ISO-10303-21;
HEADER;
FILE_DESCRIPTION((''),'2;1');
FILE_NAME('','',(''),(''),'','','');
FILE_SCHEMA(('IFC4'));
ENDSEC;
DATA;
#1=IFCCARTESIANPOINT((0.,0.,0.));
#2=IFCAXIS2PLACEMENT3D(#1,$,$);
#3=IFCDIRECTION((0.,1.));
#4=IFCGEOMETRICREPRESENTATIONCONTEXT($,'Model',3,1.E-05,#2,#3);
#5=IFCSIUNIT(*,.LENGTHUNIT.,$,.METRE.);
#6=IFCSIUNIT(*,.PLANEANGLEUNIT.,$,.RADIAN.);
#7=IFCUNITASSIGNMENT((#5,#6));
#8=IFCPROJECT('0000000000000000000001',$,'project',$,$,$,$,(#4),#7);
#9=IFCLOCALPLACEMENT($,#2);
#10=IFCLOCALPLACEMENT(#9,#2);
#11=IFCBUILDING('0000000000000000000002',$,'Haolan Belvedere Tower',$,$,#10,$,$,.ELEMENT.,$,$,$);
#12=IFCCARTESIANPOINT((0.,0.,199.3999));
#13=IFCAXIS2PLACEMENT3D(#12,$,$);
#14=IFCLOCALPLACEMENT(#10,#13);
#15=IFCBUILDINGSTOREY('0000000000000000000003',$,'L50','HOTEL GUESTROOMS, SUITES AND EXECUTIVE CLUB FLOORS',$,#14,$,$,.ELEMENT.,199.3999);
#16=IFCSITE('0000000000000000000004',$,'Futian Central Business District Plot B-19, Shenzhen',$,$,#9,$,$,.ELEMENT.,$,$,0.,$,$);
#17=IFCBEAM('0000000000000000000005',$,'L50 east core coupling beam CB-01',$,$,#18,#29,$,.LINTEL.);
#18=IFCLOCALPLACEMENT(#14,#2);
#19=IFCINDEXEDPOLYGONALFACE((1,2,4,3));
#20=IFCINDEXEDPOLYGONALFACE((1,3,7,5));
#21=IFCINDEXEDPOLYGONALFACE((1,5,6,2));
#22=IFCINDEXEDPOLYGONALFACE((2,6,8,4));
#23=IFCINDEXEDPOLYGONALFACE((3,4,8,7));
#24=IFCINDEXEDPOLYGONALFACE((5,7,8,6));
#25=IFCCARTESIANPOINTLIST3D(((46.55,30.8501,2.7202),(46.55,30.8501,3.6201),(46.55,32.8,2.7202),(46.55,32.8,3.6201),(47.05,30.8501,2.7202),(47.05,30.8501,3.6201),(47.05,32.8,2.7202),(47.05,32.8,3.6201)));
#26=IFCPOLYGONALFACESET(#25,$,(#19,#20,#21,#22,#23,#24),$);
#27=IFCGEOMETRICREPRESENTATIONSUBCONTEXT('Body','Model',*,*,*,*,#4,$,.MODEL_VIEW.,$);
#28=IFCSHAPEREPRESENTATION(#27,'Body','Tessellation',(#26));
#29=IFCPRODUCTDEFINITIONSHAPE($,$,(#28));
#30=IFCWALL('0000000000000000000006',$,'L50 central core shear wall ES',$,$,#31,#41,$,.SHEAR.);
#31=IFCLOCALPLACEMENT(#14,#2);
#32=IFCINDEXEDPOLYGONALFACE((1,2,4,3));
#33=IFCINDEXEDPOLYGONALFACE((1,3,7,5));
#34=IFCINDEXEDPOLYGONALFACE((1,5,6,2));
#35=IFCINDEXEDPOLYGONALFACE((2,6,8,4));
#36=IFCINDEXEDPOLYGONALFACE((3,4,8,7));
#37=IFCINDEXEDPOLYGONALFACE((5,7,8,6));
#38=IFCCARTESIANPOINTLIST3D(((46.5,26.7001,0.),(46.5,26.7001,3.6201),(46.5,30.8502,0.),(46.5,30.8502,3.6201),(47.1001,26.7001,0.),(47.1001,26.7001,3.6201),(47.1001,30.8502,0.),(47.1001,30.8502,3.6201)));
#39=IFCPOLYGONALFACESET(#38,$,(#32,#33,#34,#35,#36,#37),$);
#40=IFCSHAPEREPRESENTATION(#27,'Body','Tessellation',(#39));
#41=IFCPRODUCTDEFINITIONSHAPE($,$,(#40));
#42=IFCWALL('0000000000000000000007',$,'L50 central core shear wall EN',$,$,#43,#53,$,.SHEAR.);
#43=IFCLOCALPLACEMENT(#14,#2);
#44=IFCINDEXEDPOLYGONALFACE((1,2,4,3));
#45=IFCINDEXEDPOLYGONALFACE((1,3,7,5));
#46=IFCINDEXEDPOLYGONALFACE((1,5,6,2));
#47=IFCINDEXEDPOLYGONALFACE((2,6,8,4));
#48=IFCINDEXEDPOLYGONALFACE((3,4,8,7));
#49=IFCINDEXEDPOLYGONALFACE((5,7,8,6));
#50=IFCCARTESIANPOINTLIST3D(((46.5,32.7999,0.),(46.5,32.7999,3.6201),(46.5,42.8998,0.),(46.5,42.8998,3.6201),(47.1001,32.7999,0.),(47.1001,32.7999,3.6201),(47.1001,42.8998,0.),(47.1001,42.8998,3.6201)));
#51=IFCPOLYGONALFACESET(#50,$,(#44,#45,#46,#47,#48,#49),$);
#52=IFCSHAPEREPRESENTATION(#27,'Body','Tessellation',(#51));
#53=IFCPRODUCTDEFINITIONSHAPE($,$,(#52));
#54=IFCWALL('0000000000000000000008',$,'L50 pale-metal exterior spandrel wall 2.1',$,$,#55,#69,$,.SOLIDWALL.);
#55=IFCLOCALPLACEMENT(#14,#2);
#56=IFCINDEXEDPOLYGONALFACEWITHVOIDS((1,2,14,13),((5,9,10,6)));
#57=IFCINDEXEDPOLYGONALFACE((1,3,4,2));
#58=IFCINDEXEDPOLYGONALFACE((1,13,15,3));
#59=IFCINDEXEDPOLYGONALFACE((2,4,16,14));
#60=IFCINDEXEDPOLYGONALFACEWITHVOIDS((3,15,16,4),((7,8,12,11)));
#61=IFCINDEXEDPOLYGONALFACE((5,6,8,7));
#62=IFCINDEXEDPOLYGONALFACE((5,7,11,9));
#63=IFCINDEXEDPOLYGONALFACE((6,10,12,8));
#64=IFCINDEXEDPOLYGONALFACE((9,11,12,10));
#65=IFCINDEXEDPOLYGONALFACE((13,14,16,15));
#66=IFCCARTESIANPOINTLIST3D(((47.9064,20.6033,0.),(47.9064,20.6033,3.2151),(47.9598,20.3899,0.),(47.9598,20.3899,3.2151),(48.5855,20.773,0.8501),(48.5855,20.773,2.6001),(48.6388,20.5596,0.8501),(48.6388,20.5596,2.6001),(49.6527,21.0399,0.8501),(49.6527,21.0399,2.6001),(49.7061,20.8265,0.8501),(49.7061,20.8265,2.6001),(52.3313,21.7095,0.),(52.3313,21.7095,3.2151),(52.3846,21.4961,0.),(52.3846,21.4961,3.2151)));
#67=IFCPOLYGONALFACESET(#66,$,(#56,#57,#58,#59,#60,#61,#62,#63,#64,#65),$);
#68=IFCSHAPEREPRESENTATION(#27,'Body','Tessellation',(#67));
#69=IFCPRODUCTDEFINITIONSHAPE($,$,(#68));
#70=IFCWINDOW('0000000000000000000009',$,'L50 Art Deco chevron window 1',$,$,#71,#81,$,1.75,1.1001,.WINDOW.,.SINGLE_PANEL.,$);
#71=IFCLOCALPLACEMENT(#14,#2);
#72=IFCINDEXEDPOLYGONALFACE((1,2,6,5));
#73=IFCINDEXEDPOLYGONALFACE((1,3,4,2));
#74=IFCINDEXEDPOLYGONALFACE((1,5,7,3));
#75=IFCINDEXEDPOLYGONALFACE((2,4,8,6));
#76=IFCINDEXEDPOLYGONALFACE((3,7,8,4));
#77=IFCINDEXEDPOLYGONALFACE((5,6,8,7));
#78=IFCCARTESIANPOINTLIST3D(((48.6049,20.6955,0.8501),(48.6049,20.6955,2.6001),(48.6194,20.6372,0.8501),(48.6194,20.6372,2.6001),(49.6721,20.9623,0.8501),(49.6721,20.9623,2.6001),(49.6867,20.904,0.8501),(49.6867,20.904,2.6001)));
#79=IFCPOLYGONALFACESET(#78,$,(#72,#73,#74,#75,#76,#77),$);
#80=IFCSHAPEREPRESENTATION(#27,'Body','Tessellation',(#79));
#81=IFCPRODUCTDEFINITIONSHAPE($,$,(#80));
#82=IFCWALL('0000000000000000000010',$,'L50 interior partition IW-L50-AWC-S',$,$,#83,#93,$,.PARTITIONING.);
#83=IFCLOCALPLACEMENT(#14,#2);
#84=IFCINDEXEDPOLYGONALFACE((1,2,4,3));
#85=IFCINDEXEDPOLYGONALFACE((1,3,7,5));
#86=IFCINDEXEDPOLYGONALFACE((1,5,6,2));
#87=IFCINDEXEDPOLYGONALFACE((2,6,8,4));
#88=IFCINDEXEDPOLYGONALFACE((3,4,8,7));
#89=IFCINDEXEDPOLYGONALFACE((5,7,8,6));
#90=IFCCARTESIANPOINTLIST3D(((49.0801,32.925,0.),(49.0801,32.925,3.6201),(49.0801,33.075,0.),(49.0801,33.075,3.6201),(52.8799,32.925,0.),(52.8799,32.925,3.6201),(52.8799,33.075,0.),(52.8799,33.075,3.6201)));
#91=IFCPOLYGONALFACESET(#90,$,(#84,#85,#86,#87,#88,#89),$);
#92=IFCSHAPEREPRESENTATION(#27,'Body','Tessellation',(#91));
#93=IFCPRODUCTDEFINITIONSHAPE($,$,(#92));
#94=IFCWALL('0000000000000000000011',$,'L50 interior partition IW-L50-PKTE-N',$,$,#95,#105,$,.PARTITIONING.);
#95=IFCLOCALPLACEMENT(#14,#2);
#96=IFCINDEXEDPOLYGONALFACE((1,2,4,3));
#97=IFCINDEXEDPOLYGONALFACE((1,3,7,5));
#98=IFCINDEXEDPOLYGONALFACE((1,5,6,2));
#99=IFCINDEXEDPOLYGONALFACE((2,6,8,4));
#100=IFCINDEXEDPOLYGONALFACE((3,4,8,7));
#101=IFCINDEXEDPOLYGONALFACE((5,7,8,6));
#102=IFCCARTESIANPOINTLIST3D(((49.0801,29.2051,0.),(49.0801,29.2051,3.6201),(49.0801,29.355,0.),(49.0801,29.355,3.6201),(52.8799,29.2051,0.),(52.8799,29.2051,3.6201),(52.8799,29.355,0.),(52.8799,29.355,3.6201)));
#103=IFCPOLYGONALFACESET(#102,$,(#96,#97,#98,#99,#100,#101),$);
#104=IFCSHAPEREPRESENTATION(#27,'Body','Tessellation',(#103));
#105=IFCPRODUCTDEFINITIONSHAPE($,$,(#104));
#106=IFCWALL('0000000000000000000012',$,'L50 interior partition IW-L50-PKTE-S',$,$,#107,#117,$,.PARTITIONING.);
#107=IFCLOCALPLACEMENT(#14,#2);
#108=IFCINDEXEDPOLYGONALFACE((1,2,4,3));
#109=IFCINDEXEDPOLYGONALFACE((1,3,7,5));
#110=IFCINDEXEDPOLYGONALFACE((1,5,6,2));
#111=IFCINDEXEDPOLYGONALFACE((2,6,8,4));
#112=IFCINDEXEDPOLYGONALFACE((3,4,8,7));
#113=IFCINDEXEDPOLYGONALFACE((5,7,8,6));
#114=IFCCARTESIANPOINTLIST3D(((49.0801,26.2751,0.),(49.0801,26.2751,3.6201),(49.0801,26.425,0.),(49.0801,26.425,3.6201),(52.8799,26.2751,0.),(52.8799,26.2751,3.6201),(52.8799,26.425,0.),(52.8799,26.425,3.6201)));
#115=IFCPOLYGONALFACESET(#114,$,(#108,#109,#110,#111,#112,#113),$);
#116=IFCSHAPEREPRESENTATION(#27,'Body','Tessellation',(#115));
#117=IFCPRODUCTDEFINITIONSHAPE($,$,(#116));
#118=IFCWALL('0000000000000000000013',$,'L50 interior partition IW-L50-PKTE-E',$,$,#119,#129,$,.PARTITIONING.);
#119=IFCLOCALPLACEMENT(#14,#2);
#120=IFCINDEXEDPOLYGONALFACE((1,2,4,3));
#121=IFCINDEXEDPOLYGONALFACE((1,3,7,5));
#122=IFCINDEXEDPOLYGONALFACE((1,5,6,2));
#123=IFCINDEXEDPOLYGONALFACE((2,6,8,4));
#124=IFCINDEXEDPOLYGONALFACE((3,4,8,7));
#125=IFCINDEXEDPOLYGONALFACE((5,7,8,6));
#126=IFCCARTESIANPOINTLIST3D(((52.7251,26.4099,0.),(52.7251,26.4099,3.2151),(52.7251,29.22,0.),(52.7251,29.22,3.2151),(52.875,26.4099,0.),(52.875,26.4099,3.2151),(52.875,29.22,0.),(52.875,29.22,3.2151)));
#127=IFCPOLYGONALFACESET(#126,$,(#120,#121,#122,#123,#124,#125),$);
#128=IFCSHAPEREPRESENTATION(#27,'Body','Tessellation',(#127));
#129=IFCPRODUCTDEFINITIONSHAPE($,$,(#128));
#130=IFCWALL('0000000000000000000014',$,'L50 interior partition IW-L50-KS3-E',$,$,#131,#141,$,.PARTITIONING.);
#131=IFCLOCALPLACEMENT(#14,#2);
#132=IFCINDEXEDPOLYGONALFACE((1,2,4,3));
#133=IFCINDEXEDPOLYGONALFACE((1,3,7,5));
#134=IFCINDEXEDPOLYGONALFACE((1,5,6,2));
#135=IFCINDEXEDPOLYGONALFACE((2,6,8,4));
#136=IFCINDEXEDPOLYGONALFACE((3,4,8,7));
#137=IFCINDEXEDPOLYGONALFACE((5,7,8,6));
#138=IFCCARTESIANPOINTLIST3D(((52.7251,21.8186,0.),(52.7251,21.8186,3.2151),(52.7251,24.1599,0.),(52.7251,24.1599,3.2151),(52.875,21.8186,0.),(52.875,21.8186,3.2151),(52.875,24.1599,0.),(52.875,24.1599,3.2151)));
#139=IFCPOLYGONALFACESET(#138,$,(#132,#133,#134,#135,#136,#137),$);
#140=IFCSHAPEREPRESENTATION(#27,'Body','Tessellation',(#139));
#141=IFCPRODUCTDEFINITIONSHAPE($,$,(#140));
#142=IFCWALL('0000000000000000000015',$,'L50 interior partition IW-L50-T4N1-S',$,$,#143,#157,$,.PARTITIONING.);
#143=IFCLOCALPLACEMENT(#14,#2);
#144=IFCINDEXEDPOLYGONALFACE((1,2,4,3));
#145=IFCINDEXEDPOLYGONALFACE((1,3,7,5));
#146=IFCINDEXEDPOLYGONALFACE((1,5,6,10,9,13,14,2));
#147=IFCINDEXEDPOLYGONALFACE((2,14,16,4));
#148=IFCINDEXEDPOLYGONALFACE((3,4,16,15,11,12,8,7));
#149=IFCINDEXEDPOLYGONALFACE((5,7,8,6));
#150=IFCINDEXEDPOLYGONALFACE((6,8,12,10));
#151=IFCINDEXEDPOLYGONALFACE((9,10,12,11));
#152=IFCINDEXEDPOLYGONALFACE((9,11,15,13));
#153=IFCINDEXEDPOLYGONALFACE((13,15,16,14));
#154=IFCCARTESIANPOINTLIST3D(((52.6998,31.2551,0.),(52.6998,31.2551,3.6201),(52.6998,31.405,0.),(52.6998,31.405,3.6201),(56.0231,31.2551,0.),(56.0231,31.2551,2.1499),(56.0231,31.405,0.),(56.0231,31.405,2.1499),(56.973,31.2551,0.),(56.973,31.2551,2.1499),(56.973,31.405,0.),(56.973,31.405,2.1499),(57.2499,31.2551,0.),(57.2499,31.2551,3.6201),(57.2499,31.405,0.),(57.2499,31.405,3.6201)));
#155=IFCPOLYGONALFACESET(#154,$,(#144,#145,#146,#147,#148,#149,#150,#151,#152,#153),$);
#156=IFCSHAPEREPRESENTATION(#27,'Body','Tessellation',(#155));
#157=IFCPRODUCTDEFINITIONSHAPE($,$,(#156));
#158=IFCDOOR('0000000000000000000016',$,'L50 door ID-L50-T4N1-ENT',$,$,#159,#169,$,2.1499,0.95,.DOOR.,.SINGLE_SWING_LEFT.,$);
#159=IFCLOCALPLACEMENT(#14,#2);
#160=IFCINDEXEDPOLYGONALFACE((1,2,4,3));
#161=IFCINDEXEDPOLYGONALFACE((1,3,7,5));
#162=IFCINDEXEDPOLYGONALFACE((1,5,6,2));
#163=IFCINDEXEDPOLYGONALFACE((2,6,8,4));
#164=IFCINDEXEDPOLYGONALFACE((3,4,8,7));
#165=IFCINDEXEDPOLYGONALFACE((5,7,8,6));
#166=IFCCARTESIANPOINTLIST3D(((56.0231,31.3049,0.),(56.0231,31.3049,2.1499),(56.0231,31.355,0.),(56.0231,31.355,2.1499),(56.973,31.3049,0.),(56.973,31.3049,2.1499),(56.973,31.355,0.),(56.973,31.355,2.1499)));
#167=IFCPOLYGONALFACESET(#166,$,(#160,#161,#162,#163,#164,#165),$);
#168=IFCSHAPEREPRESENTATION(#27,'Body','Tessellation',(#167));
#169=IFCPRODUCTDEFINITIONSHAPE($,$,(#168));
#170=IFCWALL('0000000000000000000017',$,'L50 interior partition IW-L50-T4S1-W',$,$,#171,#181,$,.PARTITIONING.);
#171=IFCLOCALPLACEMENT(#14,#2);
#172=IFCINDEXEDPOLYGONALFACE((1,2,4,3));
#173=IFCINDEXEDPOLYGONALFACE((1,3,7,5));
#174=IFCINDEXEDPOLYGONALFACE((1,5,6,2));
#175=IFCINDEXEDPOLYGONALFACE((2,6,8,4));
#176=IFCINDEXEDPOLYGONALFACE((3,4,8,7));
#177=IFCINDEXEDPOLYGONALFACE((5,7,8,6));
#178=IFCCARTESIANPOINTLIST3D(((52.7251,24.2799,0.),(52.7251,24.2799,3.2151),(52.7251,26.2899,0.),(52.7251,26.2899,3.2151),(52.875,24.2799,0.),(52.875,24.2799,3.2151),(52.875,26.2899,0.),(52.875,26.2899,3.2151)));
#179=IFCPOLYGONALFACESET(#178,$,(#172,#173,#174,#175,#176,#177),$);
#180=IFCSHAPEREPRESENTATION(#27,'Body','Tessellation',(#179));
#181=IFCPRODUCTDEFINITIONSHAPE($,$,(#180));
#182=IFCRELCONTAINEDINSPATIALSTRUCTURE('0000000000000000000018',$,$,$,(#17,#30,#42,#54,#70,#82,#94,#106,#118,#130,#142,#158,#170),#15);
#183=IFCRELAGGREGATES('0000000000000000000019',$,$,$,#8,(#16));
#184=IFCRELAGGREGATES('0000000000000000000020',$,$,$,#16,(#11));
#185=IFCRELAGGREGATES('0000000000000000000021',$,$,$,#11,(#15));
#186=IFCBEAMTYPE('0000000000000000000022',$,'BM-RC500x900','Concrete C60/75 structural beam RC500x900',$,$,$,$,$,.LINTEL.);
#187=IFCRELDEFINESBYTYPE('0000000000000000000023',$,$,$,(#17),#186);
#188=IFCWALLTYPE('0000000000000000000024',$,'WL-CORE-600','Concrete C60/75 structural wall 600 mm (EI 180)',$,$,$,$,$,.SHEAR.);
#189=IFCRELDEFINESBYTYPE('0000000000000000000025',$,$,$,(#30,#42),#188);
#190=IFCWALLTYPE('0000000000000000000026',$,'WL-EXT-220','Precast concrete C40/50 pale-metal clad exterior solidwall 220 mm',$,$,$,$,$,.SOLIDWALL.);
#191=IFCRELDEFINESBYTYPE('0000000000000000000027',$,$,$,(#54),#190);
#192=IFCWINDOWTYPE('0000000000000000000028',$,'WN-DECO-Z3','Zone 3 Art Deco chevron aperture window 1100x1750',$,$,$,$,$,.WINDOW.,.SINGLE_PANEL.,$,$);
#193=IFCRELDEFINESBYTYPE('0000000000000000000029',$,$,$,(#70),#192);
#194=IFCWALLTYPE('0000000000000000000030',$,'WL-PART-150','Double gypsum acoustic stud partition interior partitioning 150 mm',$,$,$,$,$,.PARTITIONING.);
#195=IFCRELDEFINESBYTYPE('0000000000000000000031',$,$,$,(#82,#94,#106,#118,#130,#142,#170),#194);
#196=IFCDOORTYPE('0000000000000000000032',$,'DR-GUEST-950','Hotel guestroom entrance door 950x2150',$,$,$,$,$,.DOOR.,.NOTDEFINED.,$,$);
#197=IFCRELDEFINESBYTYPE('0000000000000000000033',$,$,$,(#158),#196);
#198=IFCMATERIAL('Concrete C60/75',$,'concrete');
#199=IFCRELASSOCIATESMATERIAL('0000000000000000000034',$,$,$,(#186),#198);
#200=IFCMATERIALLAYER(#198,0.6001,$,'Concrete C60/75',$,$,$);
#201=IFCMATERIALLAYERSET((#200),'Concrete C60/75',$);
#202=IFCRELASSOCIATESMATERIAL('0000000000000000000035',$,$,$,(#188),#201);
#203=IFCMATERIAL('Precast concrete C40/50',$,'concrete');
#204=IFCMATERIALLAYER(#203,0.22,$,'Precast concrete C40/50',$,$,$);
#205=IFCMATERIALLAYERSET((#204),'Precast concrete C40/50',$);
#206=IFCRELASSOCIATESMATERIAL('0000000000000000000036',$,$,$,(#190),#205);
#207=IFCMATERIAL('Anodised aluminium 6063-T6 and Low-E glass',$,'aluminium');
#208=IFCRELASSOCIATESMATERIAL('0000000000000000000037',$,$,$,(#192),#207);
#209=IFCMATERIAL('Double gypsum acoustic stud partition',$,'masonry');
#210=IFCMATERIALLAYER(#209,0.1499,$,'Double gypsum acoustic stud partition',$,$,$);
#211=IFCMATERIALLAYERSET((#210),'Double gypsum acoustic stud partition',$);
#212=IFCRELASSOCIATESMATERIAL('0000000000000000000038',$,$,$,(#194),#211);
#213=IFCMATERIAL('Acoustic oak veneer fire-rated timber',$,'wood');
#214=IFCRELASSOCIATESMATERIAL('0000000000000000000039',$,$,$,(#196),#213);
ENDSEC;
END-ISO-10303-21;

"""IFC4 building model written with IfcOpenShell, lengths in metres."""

from ifc_helpers import new_model, si_unit, direction, frame, frame_2d, origin, origin_2d, place, context, subcontext, project, spatial, rectangle, extrude, material, layer, layer_set, material_profile, profile_set, type_object, element, fill, save


model = new_model("IFC4")

# Units and contexts
model_context = context("Model", 3, precision=1e-05, world=origin(), true_north=direction((0.0, 1.0)))
body_context = subcontext(model_context, "Body", "Model", "MODEL_VIEW")
ifc_project = project(units=[si_unit("LENGTHUNIT", "METRE"), si_unit("PLANEANGLEUNIT", "RADIAN")], contexts=[model_context])

# Site, building, storey
site_placement = place(None, origin())
site = spatial("IfcSite", under=ifc_project, at=site_placement, Name="Futian Central Business District Plot B-19, Shenzhen", CompositionType="ELEMENT", RefElevation=0.0)
building_placement = place(site_placement, origin())
building = spatial("IfcBuilding", under=site, at=building_placement, Name="Haolan Belvedere Tower", CompositionType="ELEMENT")
storey_placement = place(building_placement, frame((0.0, 0.0, 199.3999)))
storey = spatial("IfcBuildingStorey", under=building, at=storey_placement, Name="L50", Description="HOTEL GUESTROOMS, SUITES AND EXECUTIVE CLUB FLOORS", CompositionType="ELEMENT", Elevation=199.3999)

# Beam
ifc_material_1 = material(Name="Concrete C60/75", Category="concrete")
ifc_material_profile_1 = material_profile(ifc_material_1, rectangle(XDim=0.5, YDim=0.8999, at=origin_2d()), Name="Concrete C60/75")
ifc_profile_set_1 = profile_set([ifc_material_profile_1], Name="Concrete C60/75")
beam_type_1 = type_object("IfcBeamType", Name="BM-RC500x900", Description="Concrete C60/75 structural beam RC500x900", PredefinedType="LINTEL", material=ifc_profile_set_1)
beam_1_placement = place(storey_placement, frame((46.8, 30.8501, 3.1702), z_axis=(0.0, 1.0, 0.0), x_axis=(-1.0, 0.0, 0.0)))
element("IfcBeam", 1, at=beam_1_placement, inside=storey, type_object=beam_type_1, Name="L50 east core coupling beam CB-01", PredefinedType="LINTEL", context=body_context, shape_type="SweptSolid", body=[
    extrude(rectangle(XDim=0.5, YDim=0.8999, at=origin_2d()), origin(), (0.0, 0.0, 1.0), 1.95),
])

# Walls
ifc_layer_1 = layer(ifc_material_1, 0.6001, Name="Concrete C60/75")
ifc_layer_set_1 = layer_set([ifc_layer_1], Name="Concrete C60/75")
wall_type_1 = type_object("IfcWallType", Name="WL-CORE-600", Description="Concrete C60/75 structural wall 600 mm (EI 180)", PredefinedType="SHEAR", material=ifc_layer_set_1)
wall_1_placement = place(storey_placement, frame((46.8, 26.7, 0.0), z_axis=(0.0, 0.0, 1.0), x_axis=(0.0, 1.0, 0.0)))
element("IfcWall", 2, at=wall_1_placement, inside=storey, type_object=wall_type_1, Name="L50 central core shear wall ES", PredefinedType="SHEAR", context=body_context, shape_type="SweptSolid", body=[
    extrude(rectangle(XDim=4.1501, YDim=0.6001, at=frame_2d((2.0752, 0.0))), origin(), (0.0, 0.0, 1.0), 3.6201),
])
wall_2_placement = place(storey_placement, frame((46.8, 32.8, 0.0), z_axis=(0.0, 0.0, 1.0), x_axis=(0.0, 1.0, 0.0)))
element("IfcWall", 3, at=wall_2_placement, inside=storey, type_object=wall_type_1, Name="L50 central core shear wall EN", PredefinedType="SHEAR", context=body_context, shape_type="SweptSolid", body=[
    extrude(rectangle(XDim=10.0999, YDim=0.6001, at=frame_2d((5.0498, 0.0))), origin(), (0.0, 0.0, 1.0), 3.6201),
])

# Wall, opening, window
ifc_material_2 = material(Name="Precast concrete C40/50", Category="concrete")
ifc_layer_2 = layer(ifc_material_2, 0.22, Name="Precast concrete C40/50")
ifc_layer_set_2 = layer_set([ifc_layer_2], Name="Precast concrete C40/50")
wall_type_2 = type_object("IfcWallType", Name="WL-EXT-220", Description="Precast concrete C40/50 pale-metal clad exterior solidwall 220 mm", PredefinedType="SOLIDWALL", material=ifc_layer_set_2)
wall_3_placement = place(storey_placement, frame((47.9331, 20.4966, 0.0), z_axis=(0.0, 0.0, 1.0), x_axis=(0.970143, 0.242536, 0.0)))
wall_3 = element("IfcWall", 4, at=wall_3_placement, inside=storey, type_object=wall_type_2, Name="L50 pale-metal exterior spandrel wall 2.1", PredefinedType="SOLIDWALL", context=body_context, shape_type="SweptSolid", body=[
    extrude(rectangle(XDim=4.561, YDim=0.22, at=frame_2d((2.2805, 0.0))), origin(), (0.0, 0.0, 1.0), 3.2151),
])
opening_1_placement = place(wall_3_placement, frame((0.7, 0.0, 0.8501)))
opening_1 = element("IfcOpeningElement", 5, at=opening_1_placement, cuts=wall_3, PredefinedType="OPENING", context=body_context, shape_type="SweptSolid", body=[
    extrude(rectangle(XDim=1.1001, YDim=1.75, at=frame_2d((0.55, 0.875))), frame((0.0, 0.1199, 0.0), z_axis=(0.0, -1.0, 0.0), x_axis=(1.0, 0.0, 0.0)), (0.0, 0.0, 1.0), 0.24),
])
ifc_material_3 = material(Name="Anodised aluminium 6063-T6 and Low-E glass", Category="aluminium")
window_type = type_object("IfcWindowType", Name="WN-DECO-Z3", Description="Zone 3 Art Deco chevron aperture window 1100x1750", PartitioningType="SINGLE_PANEL", PredefinedType="WINDOW", material=ifc_material_3)
window_placement = place(opening_1_placement, origin())
window = element("IfcWindow", 6, at=window_placement, inside=storey, type_object=window_type, Name="L50 Art Deco chevron window 1", OverallHeight=1.75, OverallWidth=1.1001, PartitioningType="SINGLE_PANEL", PredefinedType="WINDOW", context=body_context, shape_type="SweptSolid", body=[
    extrude(rectangle(XDim=1.1001, YDim=1.75, at=frame_2d((0.55, 0.875))), frame((0.0, 0.03, 0.0), z_axis=(0.0, -1.0, 0.0), x_axis=(1.0, 0.0, 0.0)), (0.0, 0.0, 1.0), 0.0601),
])
fill(opening_1, window)

# Wall
ifc_material_4 = material(Name="Double gypsum acoustic stud partition", Category="masonry")
ifc_layer_3 = layer(ifc_material_4, 0.1499, Name="Double gypsum acoustic stud partition")
ifc_layer_set_3 = layer_set([ifc_layer_3], Name="Double gypsum acoustic stud partition")
wall_type_3 = type_object("IfcWallType", Name="WL-PART-150", Description="Double gypsum acoustic stud partition interior partitioning 150 mm", PredefinedType="PARTITIONING", material=ifc_layer_set_3)
wall_4_placement = place(storey_placement, frame((49.0801, 33.0, 0.0), z_axis=(0.0, 0.0, 1.0), x_axis=(1.0, 0.0, 0.0)))
element("IfcWall", 7, at=wall_4_placement, inside=storey, type_object=wall_type_3, Name="L50 interior partition IW-L50-AWC-S", PredefinedType="PARTITIONING", context=body_context, shape_type="SweptSolid", body=[
    extrude(rectangle(XDim=3.7998, YDim=0.1499, at=frame_2d((1.8999, 0.0))), origin(), (0.0, 0.0, 1.0), 3.6201),
])

# Walls
for number, where, z_axis, x_axis, name in (
    (8, (49.0801, 29.28, 0.0), (0.0, 0.0, 1.0), (1.0, 0.0, 0.0), "L50 interior partition IW-L50-PKTE-N"),
    (9, (49.0801, 26.3501, 0.0), (0.0, 0.0, 1.0), (1.0, 0.0, 0.0), "L50 interior partition IW-L50-PKTE-S"),
):
    element("IfcWall", number, at=place(storey_placement, frame(where, z_axis=z_axis, x_axis=x_axis)), inside=storey, type_object=wall_type_3, Name=name, PredefinedType="PARTITIONING", context=body_context, shape_type="SweptSolid", body=[
        extrude(rectangle(XDim=3.7998, YDim=0.1499, at=frame_2d((1.8999, 0.0))), origin(), (0.0, 0.0, 1.0), 3.6201),
    ])

# Walls
wall_5_placement = place(storey_placement, frame((52.8, 26.4099, 0.0), z_axis=(0.0, 0.0, 1.0), x_axis=(0.0, 1.0, 0.0)))
element("IfcWall", 10, at=wall_5_placement, inside=storey, type_object=wall_type_3, Name="L50 interior partition IW-L50-PKTE-E", PredefinedType="PARTITIONING", context=body_context, shape_type="SweptSolid", body=[
    extrude(rectangle(XDim=2.8101, YDim=0.1499, at=frame_2d((1.405, 0.0))), origin(), (0.0, 0.0, 1.0), 3.2151),
])
wall_6_placement = place(storey_placement, frame((52.8, 21.8186, 0.0), z_axis=(0.0, 0.0, 1.0), x_axis=(0.0, 1.0, 0.0)))
element("IfcWall", 11, at=wall_6_placement, inside=storey, type_object=wall_type_3, Name="L50 interior partition IW-L50-KS3-E", PredefinedType="PARTITIONING", context=body_context, shape_type="SweptSolid", body=[
    extrude(rectangle(XDim=2.3413, YDim=0.1499, at=frame_2d((1.1707, 0.0))), origin(), (0.0, 0.0, 1.0), 3.2151),
])

# Wall, opening, door
wall_7_placement = place(storey_placement, frame((52.7, 31.3301, 0.0), z_axis=(0.0, 0.0, 1.0), x_axis=(1.0, 0.0, 0.0)))
wall_7 = element("IfcWall", 12, at=wall_7_placement, inside=storey, type_object=wall_type_3, Name="L50 interior partition IW-L50-T4N1-S", PredefinedType="PARTITIONING", context=body_context, shape_type="SweptSolid", body=[
    extrude(rectangle(XDim=4.55, YDim=0.1499, at=frame_2d((2.2749, 0.0))), origin(), (0.0, 0.0, 1.0), 3.6201),
])
opening_2_placement = place(wall_7_placement, frame((3.323, 0.0, 0.0)))
opening_2 = element("IfcOpeningElement", 13, at=opening_2_placement, cuts=wall_7, PredefinedType="OPENING", context=body_context, shape_type="SweptSolid", body=[
    extrude(rectangle(XDim=0.95, YDim=2.1499, at=frame_2d((0.4751, 1.075))), frame((0.0, 0.085, 0.0), z_axis=(0.0, -1.0, 0.0), x_axis=(1.0, 0.0, 0.0)), (0.0, 0.0, 1.0), 0.1699),
])
ifc_material_5 = material(Name="Acoustic oak veneer fire-rated timber", Category="wood")
door_type_1 = type_object("IfcDoorType", Name="DR-GUEST-950", Description="Hotel guestroom entrance door 950x2150", OperationType="NOTDEFINED", PredefinedType="DOOR", material=ifc_material_5)
door_1_placement = place(opening_2_placement, origin())
door_1 = element("IfcDoor", 14, at=door_1_placement, inside=storey, type_object=door_type_1, Name="L50 door ID-L50-T4N1-ENT", OperationType="SINGLE_SWING_LEFT", OverallHeight=2.1499, OverallWidth=0.95, PredefinedType="DOOR", context=body_context, shape_type="SweptSolid", body=[
    extrude(rectangle(XDim=0.95, YDim=2.1499, at=frame_2d((0.4751, 1.075))), frame((0.0, 0.0249, 0.0), z_axis=(0.0, -1.0, 0.0), x_axis=(1.0, 0.0, 0.0)), (0.0, 0.0, 1.0), 0.05),
])
fill(opening_2, door_1)

# Wall
wall_8_placement = place(storey_placement, frame((52.8, 24.28, 0.0), z_axis=(0.0, 0.0, 1.0), x_axis=(0.0, 1.0, 0.0)))
element("IfcWall", 15, at=wall_8_placement, inside=storey, type_object=wall_type_3, Name="L50 interior partition IW-L50-T4S1-W", PredefinedType="PARTITIONING", context=body_context, shape_type="SweptSolid", body=[
    extrude(rectangle(XDim=2.01, YDim=0.1499, at=frame_2d((1.0049, 0.0))), origin(), (0.0, 0.0, 1.0), 3.2151),
])

save(model, "model.ifc")
